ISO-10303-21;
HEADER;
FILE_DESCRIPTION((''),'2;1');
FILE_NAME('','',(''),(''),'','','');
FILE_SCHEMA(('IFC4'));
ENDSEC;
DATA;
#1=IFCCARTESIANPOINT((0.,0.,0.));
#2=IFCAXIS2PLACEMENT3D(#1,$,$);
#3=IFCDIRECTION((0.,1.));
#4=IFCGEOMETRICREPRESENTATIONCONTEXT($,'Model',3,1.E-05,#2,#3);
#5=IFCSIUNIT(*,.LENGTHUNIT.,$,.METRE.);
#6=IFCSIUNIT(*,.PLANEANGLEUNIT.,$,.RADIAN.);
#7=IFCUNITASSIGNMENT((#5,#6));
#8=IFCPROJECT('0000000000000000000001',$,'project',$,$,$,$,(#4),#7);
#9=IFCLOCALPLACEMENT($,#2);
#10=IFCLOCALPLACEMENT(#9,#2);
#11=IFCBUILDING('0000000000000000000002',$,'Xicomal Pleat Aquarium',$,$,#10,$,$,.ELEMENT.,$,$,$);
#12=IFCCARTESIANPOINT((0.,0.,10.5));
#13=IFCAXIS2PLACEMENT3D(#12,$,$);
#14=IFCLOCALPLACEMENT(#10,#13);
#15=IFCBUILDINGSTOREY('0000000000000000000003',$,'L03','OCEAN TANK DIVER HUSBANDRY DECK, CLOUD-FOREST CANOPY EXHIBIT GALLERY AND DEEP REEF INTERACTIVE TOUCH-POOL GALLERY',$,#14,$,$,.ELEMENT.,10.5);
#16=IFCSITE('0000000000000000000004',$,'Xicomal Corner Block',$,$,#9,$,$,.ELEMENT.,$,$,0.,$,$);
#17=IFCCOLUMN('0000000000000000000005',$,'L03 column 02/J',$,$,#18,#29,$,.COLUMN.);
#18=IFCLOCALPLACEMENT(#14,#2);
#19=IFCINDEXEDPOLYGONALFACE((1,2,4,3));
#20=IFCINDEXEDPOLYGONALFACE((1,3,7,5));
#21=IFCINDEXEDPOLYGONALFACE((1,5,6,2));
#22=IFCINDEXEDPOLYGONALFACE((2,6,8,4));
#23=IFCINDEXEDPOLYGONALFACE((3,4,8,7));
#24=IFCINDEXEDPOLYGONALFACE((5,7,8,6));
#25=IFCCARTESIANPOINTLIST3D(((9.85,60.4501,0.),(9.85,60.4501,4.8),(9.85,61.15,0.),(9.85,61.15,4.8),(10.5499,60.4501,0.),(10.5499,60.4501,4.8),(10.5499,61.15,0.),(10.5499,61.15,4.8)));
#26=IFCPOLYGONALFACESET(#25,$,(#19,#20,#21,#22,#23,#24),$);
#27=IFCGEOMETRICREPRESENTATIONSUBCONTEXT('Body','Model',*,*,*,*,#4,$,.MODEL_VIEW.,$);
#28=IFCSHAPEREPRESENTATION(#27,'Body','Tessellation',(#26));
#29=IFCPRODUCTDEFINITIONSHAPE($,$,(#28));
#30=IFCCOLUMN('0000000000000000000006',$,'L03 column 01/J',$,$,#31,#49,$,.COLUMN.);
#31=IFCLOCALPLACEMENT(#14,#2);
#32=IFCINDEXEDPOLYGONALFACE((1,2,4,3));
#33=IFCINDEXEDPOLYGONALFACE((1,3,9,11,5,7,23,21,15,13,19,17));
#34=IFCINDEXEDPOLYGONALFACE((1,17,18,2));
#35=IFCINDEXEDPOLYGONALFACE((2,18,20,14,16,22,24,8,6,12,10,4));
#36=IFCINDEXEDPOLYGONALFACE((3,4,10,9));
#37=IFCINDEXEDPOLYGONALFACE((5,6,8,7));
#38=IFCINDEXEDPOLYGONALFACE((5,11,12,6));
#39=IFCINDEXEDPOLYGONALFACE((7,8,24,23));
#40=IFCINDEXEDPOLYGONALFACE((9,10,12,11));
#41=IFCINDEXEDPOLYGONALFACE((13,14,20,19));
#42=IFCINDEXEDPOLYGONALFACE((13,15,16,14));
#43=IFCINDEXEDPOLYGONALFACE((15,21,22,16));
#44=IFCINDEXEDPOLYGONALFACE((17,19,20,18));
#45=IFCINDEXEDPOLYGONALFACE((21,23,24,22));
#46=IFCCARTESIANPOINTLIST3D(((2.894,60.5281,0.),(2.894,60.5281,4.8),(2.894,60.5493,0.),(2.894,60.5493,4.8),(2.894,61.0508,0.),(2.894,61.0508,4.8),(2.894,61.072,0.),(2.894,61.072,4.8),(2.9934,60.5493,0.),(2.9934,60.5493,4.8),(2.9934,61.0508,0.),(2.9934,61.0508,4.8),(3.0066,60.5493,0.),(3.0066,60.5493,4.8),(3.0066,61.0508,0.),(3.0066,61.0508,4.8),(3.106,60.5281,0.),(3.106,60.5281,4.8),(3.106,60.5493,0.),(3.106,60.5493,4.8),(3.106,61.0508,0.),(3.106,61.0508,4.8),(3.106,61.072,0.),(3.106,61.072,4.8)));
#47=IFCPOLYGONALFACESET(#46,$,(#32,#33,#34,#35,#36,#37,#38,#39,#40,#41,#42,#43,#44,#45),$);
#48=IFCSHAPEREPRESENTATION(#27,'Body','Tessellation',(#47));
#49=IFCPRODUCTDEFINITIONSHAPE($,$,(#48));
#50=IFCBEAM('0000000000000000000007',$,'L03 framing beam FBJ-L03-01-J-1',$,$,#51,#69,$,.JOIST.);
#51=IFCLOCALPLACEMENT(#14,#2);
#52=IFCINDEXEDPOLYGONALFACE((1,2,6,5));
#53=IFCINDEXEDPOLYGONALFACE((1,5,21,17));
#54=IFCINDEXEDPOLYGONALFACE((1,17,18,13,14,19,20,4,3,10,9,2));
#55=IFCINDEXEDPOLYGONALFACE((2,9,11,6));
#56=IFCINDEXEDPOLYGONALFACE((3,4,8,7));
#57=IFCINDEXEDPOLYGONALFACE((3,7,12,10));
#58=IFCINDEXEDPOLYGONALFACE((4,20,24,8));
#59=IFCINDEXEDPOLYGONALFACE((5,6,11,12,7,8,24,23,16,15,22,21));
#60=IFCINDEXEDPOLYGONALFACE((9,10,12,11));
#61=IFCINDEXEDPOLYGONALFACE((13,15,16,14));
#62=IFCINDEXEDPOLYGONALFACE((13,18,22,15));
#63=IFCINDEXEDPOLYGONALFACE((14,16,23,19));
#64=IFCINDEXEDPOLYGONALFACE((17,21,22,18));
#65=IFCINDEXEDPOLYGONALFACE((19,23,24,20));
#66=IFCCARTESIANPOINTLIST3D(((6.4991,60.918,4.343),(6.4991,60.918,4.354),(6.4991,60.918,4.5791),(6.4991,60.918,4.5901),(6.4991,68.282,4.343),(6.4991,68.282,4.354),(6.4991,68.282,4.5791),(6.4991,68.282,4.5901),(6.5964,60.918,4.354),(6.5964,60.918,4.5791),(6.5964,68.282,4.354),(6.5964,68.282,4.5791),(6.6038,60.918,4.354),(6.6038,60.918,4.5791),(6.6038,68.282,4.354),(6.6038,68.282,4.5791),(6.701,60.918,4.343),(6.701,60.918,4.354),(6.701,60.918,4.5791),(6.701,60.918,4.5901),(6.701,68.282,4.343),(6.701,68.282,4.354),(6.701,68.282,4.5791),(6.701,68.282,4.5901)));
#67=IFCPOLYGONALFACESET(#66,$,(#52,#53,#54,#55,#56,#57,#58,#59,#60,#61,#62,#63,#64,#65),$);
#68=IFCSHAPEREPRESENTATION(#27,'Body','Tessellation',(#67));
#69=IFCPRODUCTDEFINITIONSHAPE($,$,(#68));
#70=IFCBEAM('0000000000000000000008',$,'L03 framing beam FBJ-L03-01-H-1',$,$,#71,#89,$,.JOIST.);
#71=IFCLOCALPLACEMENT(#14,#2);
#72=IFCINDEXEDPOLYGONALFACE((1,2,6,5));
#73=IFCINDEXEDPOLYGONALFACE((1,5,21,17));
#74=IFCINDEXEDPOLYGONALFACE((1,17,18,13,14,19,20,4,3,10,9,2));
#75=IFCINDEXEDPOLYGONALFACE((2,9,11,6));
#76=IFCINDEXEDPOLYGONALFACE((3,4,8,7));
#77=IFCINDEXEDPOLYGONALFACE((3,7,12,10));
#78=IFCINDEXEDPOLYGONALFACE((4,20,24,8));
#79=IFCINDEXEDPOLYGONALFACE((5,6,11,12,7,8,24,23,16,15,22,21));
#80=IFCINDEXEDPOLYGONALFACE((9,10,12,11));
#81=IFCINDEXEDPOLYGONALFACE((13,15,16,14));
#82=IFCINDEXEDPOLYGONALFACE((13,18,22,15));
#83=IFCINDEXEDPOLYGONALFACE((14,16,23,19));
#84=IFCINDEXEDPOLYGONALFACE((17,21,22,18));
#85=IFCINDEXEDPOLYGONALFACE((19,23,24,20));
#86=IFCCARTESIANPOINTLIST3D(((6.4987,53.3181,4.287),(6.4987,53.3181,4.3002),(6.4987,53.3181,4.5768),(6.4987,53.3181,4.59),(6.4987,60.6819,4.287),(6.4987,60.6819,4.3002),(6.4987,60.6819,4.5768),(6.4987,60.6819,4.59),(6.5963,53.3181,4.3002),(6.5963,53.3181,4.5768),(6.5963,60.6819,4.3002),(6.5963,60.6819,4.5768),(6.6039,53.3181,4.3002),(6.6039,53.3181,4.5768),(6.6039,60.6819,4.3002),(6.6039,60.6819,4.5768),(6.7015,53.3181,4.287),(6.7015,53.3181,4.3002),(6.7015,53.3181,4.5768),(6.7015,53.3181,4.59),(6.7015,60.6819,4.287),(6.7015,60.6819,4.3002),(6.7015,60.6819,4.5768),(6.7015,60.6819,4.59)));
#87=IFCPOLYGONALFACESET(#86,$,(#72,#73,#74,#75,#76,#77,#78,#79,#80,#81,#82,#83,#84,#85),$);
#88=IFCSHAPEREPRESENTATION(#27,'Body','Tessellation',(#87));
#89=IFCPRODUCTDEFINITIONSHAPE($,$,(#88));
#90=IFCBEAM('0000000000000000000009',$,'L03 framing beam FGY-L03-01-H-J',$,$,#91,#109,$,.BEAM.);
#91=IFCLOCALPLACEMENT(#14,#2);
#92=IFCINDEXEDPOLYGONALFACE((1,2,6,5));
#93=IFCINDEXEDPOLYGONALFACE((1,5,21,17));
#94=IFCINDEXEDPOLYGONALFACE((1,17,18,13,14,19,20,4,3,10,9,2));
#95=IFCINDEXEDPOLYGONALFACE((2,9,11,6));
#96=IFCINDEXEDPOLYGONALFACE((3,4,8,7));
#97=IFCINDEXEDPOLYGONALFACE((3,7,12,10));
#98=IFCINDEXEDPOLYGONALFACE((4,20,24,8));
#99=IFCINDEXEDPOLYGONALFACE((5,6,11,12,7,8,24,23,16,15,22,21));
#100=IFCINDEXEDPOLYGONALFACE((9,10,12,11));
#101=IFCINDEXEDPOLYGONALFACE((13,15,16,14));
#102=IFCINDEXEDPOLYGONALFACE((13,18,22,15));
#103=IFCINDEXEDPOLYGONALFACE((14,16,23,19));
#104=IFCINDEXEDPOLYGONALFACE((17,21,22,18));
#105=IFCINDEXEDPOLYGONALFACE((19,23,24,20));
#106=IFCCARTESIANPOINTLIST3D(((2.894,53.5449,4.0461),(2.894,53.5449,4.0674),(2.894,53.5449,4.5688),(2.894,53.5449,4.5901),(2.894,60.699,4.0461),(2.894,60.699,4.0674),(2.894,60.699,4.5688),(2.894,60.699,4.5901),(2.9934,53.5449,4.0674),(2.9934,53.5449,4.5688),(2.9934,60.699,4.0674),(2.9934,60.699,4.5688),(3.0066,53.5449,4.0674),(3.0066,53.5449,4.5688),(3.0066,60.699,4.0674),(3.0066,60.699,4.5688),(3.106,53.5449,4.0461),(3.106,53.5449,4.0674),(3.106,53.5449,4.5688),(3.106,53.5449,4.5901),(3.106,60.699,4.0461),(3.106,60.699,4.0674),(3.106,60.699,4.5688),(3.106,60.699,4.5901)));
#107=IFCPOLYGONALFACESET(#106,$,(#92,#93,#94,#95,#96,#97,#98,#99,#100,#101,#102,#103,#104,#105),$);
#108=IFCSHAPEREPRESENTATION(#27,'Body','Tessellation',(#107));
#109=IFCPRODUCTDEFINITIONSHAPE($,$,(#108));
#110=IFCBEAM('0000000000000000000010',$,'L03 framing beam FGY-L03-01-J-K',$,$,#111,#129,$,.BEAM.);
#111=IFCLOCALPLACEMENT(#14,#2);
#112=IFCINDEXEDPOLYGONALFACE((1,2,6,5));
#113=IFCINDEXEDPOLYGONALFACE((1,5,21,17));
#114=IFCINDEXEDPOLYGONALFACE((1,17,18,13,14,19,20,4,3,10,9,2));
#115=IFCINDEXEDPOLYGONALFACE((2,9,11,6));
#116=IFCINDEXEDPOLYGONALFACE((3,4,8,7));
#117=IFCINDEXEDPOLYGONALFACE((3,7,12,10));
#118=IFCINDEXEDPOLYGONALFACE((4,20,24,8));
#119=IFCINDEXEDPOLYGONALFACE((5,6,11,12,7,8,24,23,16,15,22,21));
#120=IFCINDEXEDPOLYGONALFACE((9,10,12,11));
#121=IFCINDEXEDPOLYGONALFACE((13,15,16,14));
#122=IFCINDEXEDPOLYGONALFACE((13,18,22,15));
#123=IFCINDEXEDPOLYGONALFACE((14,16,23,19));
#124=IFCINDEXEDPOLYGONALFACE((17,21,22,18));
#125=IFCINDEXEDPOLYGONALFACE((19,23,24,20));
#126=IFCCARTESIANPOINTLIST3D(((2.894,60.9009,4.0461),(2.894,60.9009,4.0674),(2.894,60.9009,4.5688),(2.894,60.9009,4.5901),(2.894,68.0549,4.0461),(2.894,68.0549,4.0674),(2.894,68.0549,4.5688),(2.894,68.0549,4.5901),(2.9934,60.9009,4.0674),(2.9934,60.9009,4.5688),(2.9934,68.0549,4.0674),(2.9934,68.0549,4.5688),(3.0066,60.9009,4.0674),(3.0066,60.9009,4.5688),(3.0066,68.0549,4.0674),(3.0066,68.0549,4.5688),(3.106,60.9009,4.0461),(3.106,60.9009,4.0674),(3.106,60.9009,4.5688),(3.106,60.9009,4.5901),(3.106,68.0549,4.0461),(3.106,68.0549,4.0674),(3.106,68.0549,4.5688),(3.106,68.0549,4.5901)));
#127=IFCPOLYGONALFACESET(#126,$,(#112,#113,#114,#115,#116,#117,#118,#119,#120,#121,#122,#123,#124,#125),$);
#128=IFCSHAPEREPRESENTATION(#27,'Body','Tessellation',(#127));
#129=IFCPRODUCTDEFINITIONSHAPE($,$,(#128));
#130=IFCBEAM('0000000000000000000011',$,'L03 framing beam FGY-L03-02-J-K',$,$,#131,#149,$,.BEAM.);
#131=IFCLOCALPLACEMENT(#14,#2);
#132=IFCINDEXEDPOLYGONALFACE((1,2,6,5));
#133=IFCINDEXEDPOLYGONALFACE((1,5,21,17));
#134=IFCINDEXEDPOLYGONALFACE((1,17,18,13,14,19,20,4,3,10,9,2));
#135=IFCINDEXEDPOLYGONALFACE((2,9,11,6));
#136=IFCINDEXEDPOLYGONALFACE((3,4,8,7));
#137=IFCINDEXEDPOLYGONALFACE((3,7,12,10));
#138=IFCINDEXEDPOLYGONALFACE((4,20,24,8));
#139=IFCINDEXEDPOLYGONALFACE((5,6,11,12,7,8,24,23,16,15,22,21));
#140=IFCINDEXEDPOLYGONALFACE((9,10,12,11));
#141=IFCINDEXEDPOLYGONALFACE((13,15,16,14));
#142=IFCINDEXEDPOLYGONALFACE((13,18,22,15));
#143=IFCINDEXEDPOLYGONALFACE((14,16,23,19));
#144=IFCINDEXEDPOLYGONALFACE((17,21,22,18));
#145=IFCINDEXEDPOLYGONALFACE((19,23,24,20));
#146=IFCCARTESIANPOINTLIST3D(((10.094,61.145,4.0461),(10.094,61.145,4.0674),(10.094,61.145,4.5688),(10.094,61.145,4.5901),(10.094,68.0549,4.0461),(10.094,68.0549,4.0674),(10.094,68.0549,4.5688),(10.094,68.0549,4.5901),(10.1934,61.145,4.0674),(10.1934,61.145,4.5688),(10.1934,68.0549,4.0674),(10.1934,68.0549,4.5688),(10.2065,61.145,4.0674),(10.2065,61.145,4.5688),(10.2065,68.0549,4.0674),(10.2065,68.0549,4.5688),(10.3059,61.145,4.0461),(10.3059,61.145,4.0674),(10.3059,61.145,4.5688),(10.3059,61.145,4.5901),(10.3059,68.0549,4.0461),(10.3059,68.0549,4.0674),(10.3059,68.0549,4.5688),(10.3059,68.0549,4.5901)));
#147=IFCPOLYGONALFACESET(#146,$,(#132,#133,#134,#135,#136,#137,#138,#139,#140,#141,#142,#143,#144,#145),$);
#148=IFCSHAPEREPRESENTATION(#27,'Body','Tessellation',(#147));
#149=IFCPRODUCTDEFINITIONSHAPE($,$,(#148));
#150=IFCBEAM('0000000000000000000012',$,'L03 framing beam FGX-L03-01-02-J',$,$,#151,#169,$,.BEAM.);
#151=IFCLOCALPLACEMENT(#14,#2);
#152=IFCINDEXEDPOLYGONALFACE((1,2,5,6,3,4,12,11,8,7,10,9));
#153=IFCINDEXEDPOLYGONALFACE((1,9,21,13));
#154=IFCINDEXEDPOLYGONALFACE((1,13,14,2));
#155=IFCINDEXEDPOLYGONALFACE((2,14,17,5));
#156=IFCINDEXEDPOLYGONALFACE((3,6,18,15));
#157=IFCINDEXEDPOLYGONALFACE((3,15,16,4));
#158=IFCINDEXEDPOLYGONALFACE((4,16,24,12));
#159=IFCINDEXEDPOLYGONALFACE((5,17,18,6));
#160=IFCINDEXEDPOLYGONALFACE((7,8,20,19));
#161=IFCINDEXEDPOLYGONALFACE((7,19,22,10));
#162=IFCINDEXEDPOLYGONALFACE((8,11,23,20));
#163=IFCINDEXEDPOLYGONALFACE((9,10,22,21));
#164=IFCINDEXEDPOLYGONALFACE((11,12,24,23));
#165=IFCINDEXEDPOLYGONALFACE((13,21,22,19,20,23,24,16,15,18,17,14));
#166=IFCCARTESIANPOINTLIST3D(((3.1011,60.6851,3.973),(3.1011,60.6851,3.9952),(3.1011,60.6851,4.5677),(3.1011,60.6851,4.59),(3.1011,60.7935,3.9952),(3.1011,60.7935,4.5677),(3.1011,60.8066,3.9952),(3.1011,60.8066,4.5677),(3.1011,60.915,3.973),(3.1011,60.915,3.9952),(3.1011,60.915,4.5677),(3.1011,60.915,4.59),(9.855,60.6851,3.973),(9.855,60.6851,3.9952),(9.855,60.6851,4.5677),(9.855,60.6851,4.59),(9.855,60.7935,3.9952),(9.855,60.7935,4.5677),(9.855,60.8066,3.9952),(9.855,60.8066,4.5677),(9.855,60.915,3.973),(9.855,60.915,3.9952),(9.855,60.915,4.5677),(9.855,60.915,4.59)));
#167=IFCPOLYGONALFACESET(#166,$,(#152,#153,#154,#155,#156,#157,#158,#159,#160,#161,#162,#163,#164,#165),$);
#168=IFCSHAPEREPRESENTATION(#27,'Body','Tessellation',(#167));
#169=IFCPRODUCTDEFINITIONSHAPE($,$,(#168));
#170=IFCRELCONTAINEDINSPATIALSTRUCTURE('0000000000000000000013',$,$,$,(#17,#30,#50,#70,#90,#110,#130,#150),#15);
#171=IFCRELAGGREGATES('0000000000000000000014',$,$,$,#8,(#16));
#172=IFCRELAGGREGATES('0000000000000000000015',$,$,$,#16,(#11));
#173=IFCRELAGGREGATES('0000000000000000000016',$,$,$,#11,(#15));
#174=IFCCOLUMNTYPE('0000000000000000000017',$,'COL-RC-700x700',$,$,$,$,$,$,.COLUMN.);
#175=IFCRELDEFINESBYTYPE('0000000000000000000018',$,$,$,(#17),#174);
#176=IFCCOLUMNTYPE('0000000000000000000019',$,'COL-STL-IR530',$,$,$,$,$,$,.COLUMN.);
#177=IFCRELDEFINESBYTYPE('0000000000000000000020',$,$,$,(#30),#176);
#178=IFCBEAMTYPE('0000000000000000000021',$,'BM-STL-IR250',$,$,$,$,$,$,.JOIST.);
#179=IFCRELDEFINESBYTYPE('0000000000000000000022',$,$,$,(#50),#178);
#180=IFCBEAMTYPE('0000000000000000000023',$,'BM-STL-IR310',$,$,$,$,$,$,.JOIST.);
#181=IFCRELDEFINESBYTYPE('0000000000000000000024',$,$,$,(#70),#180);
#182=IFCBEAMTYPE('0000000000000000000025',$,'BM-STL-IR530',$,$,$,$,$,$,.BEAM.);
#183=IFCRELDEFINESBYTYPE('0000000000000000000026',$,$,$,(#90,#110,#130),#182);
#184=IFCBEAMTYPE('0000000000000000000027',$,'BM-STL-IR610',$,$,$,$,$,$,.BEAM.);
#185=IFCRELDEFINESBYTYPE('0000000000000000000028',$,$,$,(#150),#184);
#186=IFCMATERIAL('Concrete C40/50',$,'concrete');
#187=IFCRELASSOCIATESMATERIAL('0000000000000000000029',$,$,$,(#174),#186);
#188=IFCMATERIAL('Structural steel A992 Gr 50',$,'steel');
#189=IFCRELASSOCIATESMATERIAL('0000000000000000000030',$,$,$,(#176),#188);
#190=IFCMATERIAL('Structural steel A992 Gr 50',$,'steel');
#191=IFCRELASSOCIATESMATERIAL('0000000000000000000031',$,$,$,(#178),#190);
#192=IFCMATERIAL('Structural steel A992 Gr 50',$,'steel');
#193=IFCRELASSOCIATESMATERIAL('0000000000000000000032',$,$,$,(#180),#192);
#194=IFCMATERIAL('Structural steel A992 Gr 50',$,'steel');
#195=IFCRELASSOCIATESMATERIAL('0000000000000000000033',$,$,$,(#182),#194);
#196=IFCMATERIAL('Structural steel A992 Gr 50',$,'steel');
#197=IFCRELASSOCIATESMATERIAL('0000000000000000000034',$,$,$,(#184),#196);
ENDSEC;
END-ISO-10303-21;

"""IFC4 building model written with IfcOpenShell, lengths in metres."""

from ifc_helpers import new_model, si_unit, direction, frame, origin, origin_2d, place, context, subcontext, project, spatial, rectangle, i_section, extrude, material, material_profile, profile_set, type_object, element, save


model = new_model("IFC4")

# Units and contexts
model_context = context("Model", 3, precision=1e-05, world=origin(), true_north=direction((0.0, 1.0)))
body_context = subcontext(model_context, "Body", "Model", "MODEL_VIEW")
ifc_project = project(units=[si_unit("LENGTHUNIT", "METRE"), si_unit("PLANEANGLEUNIT", "RADIAN")], contexts=[model_context])

# Site, building, storey
site_placement = place(None, origin())
site = spatial("IfcSite", under=ifc_project, at=site_placement, Name="Xicomal Corner Block", CompositionType="ELEMENT", RefElevation=0.0)
building_placement = place(site_placement, origin())
building = spatial("IfcBuilding", under=site, at=building_placement, Name="Xicomal Pleat Aquarium", CompositionType="ELEMENT")
storey_placement = place(building_placement, frame((0.0, 0.0, 10.5)))
storey = spatial("IfcBuildingStorey", under=building, at=storey_placement, Name="L03", Description="OCEAN TANK DIVER HUSBANDRY DECK, CLOUD-FOREST CANOPY EXHIBIT GALLERY AND DEEP REEF INTERACTIVE TOUCH-POOL GALLERY", CompositionType="ELEMENT", Elevation=10.5)

# Columns
ifc_material_1 = material(Name="Concrete C40/50", Category="concrete")
ifc_material_profile_1 = material_profile(ifc_material_1, rectangle(XDim=0.7, YDim=0.7, at=origin_2d()), Name="RC 700x700")
ifc_profile_set_1 = profile_set([ifc_material_profile_1], Name="Concrete C40/50")
column_type_1 = type_object("IfcColumnType", Name="COL-RC-700x700", PredefinedType="COLUMN", material=ifc_profile_set_1)
column_1_placement = place(storey_placement, frame((10.2, 60.8, 0.0), z_axis=(0.0, 0.0, 1.0), x_axis=(1.0, 0.0, 0.0)))
element("IfcColumn", 1, at=column_1_placement, inside=storey, type_object=column_type_1, Name="L03 column 02/J", PredefinedType="COLUMN", context=body_context, shape_type="SweptSolid", body=[
    extrude(rectangle(XDim=0.7, YDim=0.7, at=origin_2d()), origin(), (0.0, 0.0, 1.0), 4.8),
])
ifc_material_2 = material(Name="Structural steel A992 Gr 50", Category="steel")
ifc_material_profile_2 = material_profile(ifc_material_2, i_section(OverallWidth=0.2119, OverallDepth=0.5439, WebThickness=0.0132, FlangeThickness=0.0212, at=origin_2d()), Name="IR 530x123")
ifc_profile_set_2 = profile_set([ifc_material_profile_2], Name="Structural steel A992 Gr 50")
column_type_2 = type_object("IfcColumnType", Name="COL-STL-IR530", PredefinedType="COLUMN", material=ifc_profile_set_2)
column_2_placement = place(storey_placement, frame((3.0, 60.8, 0.0), z_axis=(0.0, 0.0, 1.0), x_axis=(1.0, 0.0, 0.0)))
element("IfcColumn", 2, at=column_2_placement, inside=storey, type_object=column_type_2, Name="L03 column 01/J", PredefinedType="COLUMN", context=body_context, shape_type="SweptSolid", body=[
    extrude(i_section(OverallWidth=0.2119, OverallDepth=0.5439, WebThickness=0.0132, FlangeThickness=0.0212, at=origin_2d()), origin(), (0.0, 0.0, 1.0), 4.8),
])

# Beams
ifc_material_3 = material(Name="Structural steel A992 Gr 50", Category="steel")
ifc_material_profile_3 = material_profile(ifc_material_3, i_section(OverallWidth=0.2019, OverallDepth=0.2471, WebThickness=0.0073, FlangeThickness=0.011, at=origin_2d()), Name="IR 250x49")
ifc_profile_set_3 = profile_set([ifc_material_profile_3], Name="Structural steel A992 Gr 50")
beam_type_1 = type_object("IfcBeamType", Name="BM-STL-IR250", PredefinedType="JOIST", material=ifc_profile_set_3)
beam_1_placement = place(storey_placement, frame((6.6001, 60.918, 4.4666), z_axis=(0.0, 1.0, 0.0), x_axis=(-1.0, 0.0, 0.0)))
element("IfcBeam", 3, at=beam_1_placement, inside=storey, type_object=beam_type_1, Name="L03 framing beam FBJ-L03-01-J-1", PredefinedType="JOIST", context=body_context, shape_type="SweptSolid", body=[
    extrude(i_section(OverallWidth=0.2019, OverallDepth=0.2471, WebThickness=0.0073, FlangeThickness=0.011, at=origin_2d()), origin(), (0.0, 0.0, 1.0), 7.364),
])
ifc_material_4 = material(Name="Structural steel A992 Gr 50", Category="steel")
ifc_material_profile_4 = material_profile(ifc_material_4, i_section(OverallWidth=0.2029, OverallDepth=0.303, WebThickness=0.0076, FlangeThickness=0.0132, at=origin_2d()), Name="IR 310x60")
ifc_profile_set_4 = profile_set([ifc_material_profile_4], Name="Structural steel A992 Gr 50")
beam_type_2 = type_object("IfcBeamType", Name="BM-STL-IR310", PredefinedType="JOIST", material=ifc_profile_set_4)
beam_2_placement = place(storey_placement, frame((6.6001, 53.3181, 4.4385), z_axis=(0.0, 1.0, 0.0), x_axis=(-1.0, 0.0, 0.0)))
element("IfcBeam", 4, at=beam_2_placement, inside=storey, type_object=beam_type_2, Name="L03 framing beam FBJ-L03-01-H-1", PredefinedType="JOIST", context=body_context, shape_type="SweptSolid", body=[
    extrude(i_section(OverallWidth=0.2029, OverallDepth=0.303, WebThickness=0.0076, FlangeThickness=0.0132, at=origin_2d()), origin(), (0.0, 0.0, 1.0), 7.3638),
])
ifc_material_5 = material(Name="Structural steel A992 Gr 50", Category="steel")
ifc_material_profile_5 = material_profile(ifc_material_5, i_section(OverallWidth=0.2119, OverallDepth=0.5439, WebThickness=0.0132, FlangeThickness=0.0212, at=origin_2d()), Name="IR 530x123")
ifc_profile_set_5 = profile_set([ifc_material_profile_5], Name="Structural steel A992 Gr 50")
beam_type_3 = type_object("IfcBeamType", Name="BM-STL-IR530", PredefinedType="BEAM", material=ifc_profile_set_5)
for number, where, z_axis, x_axis, name in (
    (5, (3.0, 53.5449, 4.3181), (0.0, 1.0, 0.0), (-1.0, 0.0, 0.0), "L03 framing beam FGY-L03-01-H-J"),
    (6, (3.0, 60.9009, 4.3181), (0.0, 1.0, 0.0), (-1.0, 0.0, 0.0), "L03 framing beam FGY-L03-01-J-K"),
):
    element("IfcBeam", number, at=place(storey_placement, frame(where, z_axis=z_axis, x_axis=x_axis)), inside=storey, type_object=beam_type_3, Name=name, PredefinedType="BEAM", context=body_context, shape_type="SweptSolid", body=[
        extrude(i_section(OverallWidth=0.2119, OverallDepth=0.5439, WebThickness=0.0132, FlangeThickness=0.0212, at=origin_2d()), origin(), (0.0, 0.0, 1.0), 7.1541),
    ])
beam_3_placement = place(storey_placement, frame((10.2, 61.145, 4.3181), z_axis=(0.0, 1.0, 0.0), x_axis=(-1.0, 0.0, 0.0)))
element("IfcBeam", 7, at=beam_3_placement, inside=storey, type_object=beam_type_3, Name="L03 framing beam FGY-L03-02-J-K", PredefinedType="BEAM", context=body_context, shape_type="SweptSolid", body=[
    extrude(i_section(OverallWidth=0.2119, OverallDepth=0.5439, WebThickness=0.0132, FlangeThickness=0.0212, at=origin_2d()), origin(), (0.0, 0.0, 1.0), 6.9099),
])
ifc_material_6 = material(Name="Structural steel A992 Gr 50", Category="steel")
ifc_material_profile_6 = material_profile(ifc_material_6, i_section(OverallWidth=0.23, OverallDepth=0.6169, WebThickness=0.0132, FlangeThickness=0.0222, at=origin_2d()), Name="IR 610x140")
ifc_profile_set_6 = profile_set([ifc_material_profile_6], Name="Structural steel A992 Gr 50")
beam_type_4 = type_object("IfcBeamType", Name="BM-STL-IR610", PredefinedType="BEAM", material=ifc_profile_set_6)
beam_4_placement = place(storey_placement, frame((3.1011, 60.8, 4.2815), z_axis=(1.0, 0.0, 0.0), x_axis=(0.0, 1.0, 0.0)))
element("IfcBeam", 8, at=beam_4_placement, inside=storey, type_object=beam_type_4, Name="L03 framing beam FGX-L03-01-02-J", PredefinedType="BEAM", context=body_context, shape_type="SweptSolid", body=[
    extrude(i_section(OverallWidth=0.23, OverallDepth=0.6169, WebThickness=0.0132, FlangeThickness=0.0222, at=origin_2d()), origin(), (0.0, 0.0, 1.0), 6.7539),
])

save(model, "model.ifc")
